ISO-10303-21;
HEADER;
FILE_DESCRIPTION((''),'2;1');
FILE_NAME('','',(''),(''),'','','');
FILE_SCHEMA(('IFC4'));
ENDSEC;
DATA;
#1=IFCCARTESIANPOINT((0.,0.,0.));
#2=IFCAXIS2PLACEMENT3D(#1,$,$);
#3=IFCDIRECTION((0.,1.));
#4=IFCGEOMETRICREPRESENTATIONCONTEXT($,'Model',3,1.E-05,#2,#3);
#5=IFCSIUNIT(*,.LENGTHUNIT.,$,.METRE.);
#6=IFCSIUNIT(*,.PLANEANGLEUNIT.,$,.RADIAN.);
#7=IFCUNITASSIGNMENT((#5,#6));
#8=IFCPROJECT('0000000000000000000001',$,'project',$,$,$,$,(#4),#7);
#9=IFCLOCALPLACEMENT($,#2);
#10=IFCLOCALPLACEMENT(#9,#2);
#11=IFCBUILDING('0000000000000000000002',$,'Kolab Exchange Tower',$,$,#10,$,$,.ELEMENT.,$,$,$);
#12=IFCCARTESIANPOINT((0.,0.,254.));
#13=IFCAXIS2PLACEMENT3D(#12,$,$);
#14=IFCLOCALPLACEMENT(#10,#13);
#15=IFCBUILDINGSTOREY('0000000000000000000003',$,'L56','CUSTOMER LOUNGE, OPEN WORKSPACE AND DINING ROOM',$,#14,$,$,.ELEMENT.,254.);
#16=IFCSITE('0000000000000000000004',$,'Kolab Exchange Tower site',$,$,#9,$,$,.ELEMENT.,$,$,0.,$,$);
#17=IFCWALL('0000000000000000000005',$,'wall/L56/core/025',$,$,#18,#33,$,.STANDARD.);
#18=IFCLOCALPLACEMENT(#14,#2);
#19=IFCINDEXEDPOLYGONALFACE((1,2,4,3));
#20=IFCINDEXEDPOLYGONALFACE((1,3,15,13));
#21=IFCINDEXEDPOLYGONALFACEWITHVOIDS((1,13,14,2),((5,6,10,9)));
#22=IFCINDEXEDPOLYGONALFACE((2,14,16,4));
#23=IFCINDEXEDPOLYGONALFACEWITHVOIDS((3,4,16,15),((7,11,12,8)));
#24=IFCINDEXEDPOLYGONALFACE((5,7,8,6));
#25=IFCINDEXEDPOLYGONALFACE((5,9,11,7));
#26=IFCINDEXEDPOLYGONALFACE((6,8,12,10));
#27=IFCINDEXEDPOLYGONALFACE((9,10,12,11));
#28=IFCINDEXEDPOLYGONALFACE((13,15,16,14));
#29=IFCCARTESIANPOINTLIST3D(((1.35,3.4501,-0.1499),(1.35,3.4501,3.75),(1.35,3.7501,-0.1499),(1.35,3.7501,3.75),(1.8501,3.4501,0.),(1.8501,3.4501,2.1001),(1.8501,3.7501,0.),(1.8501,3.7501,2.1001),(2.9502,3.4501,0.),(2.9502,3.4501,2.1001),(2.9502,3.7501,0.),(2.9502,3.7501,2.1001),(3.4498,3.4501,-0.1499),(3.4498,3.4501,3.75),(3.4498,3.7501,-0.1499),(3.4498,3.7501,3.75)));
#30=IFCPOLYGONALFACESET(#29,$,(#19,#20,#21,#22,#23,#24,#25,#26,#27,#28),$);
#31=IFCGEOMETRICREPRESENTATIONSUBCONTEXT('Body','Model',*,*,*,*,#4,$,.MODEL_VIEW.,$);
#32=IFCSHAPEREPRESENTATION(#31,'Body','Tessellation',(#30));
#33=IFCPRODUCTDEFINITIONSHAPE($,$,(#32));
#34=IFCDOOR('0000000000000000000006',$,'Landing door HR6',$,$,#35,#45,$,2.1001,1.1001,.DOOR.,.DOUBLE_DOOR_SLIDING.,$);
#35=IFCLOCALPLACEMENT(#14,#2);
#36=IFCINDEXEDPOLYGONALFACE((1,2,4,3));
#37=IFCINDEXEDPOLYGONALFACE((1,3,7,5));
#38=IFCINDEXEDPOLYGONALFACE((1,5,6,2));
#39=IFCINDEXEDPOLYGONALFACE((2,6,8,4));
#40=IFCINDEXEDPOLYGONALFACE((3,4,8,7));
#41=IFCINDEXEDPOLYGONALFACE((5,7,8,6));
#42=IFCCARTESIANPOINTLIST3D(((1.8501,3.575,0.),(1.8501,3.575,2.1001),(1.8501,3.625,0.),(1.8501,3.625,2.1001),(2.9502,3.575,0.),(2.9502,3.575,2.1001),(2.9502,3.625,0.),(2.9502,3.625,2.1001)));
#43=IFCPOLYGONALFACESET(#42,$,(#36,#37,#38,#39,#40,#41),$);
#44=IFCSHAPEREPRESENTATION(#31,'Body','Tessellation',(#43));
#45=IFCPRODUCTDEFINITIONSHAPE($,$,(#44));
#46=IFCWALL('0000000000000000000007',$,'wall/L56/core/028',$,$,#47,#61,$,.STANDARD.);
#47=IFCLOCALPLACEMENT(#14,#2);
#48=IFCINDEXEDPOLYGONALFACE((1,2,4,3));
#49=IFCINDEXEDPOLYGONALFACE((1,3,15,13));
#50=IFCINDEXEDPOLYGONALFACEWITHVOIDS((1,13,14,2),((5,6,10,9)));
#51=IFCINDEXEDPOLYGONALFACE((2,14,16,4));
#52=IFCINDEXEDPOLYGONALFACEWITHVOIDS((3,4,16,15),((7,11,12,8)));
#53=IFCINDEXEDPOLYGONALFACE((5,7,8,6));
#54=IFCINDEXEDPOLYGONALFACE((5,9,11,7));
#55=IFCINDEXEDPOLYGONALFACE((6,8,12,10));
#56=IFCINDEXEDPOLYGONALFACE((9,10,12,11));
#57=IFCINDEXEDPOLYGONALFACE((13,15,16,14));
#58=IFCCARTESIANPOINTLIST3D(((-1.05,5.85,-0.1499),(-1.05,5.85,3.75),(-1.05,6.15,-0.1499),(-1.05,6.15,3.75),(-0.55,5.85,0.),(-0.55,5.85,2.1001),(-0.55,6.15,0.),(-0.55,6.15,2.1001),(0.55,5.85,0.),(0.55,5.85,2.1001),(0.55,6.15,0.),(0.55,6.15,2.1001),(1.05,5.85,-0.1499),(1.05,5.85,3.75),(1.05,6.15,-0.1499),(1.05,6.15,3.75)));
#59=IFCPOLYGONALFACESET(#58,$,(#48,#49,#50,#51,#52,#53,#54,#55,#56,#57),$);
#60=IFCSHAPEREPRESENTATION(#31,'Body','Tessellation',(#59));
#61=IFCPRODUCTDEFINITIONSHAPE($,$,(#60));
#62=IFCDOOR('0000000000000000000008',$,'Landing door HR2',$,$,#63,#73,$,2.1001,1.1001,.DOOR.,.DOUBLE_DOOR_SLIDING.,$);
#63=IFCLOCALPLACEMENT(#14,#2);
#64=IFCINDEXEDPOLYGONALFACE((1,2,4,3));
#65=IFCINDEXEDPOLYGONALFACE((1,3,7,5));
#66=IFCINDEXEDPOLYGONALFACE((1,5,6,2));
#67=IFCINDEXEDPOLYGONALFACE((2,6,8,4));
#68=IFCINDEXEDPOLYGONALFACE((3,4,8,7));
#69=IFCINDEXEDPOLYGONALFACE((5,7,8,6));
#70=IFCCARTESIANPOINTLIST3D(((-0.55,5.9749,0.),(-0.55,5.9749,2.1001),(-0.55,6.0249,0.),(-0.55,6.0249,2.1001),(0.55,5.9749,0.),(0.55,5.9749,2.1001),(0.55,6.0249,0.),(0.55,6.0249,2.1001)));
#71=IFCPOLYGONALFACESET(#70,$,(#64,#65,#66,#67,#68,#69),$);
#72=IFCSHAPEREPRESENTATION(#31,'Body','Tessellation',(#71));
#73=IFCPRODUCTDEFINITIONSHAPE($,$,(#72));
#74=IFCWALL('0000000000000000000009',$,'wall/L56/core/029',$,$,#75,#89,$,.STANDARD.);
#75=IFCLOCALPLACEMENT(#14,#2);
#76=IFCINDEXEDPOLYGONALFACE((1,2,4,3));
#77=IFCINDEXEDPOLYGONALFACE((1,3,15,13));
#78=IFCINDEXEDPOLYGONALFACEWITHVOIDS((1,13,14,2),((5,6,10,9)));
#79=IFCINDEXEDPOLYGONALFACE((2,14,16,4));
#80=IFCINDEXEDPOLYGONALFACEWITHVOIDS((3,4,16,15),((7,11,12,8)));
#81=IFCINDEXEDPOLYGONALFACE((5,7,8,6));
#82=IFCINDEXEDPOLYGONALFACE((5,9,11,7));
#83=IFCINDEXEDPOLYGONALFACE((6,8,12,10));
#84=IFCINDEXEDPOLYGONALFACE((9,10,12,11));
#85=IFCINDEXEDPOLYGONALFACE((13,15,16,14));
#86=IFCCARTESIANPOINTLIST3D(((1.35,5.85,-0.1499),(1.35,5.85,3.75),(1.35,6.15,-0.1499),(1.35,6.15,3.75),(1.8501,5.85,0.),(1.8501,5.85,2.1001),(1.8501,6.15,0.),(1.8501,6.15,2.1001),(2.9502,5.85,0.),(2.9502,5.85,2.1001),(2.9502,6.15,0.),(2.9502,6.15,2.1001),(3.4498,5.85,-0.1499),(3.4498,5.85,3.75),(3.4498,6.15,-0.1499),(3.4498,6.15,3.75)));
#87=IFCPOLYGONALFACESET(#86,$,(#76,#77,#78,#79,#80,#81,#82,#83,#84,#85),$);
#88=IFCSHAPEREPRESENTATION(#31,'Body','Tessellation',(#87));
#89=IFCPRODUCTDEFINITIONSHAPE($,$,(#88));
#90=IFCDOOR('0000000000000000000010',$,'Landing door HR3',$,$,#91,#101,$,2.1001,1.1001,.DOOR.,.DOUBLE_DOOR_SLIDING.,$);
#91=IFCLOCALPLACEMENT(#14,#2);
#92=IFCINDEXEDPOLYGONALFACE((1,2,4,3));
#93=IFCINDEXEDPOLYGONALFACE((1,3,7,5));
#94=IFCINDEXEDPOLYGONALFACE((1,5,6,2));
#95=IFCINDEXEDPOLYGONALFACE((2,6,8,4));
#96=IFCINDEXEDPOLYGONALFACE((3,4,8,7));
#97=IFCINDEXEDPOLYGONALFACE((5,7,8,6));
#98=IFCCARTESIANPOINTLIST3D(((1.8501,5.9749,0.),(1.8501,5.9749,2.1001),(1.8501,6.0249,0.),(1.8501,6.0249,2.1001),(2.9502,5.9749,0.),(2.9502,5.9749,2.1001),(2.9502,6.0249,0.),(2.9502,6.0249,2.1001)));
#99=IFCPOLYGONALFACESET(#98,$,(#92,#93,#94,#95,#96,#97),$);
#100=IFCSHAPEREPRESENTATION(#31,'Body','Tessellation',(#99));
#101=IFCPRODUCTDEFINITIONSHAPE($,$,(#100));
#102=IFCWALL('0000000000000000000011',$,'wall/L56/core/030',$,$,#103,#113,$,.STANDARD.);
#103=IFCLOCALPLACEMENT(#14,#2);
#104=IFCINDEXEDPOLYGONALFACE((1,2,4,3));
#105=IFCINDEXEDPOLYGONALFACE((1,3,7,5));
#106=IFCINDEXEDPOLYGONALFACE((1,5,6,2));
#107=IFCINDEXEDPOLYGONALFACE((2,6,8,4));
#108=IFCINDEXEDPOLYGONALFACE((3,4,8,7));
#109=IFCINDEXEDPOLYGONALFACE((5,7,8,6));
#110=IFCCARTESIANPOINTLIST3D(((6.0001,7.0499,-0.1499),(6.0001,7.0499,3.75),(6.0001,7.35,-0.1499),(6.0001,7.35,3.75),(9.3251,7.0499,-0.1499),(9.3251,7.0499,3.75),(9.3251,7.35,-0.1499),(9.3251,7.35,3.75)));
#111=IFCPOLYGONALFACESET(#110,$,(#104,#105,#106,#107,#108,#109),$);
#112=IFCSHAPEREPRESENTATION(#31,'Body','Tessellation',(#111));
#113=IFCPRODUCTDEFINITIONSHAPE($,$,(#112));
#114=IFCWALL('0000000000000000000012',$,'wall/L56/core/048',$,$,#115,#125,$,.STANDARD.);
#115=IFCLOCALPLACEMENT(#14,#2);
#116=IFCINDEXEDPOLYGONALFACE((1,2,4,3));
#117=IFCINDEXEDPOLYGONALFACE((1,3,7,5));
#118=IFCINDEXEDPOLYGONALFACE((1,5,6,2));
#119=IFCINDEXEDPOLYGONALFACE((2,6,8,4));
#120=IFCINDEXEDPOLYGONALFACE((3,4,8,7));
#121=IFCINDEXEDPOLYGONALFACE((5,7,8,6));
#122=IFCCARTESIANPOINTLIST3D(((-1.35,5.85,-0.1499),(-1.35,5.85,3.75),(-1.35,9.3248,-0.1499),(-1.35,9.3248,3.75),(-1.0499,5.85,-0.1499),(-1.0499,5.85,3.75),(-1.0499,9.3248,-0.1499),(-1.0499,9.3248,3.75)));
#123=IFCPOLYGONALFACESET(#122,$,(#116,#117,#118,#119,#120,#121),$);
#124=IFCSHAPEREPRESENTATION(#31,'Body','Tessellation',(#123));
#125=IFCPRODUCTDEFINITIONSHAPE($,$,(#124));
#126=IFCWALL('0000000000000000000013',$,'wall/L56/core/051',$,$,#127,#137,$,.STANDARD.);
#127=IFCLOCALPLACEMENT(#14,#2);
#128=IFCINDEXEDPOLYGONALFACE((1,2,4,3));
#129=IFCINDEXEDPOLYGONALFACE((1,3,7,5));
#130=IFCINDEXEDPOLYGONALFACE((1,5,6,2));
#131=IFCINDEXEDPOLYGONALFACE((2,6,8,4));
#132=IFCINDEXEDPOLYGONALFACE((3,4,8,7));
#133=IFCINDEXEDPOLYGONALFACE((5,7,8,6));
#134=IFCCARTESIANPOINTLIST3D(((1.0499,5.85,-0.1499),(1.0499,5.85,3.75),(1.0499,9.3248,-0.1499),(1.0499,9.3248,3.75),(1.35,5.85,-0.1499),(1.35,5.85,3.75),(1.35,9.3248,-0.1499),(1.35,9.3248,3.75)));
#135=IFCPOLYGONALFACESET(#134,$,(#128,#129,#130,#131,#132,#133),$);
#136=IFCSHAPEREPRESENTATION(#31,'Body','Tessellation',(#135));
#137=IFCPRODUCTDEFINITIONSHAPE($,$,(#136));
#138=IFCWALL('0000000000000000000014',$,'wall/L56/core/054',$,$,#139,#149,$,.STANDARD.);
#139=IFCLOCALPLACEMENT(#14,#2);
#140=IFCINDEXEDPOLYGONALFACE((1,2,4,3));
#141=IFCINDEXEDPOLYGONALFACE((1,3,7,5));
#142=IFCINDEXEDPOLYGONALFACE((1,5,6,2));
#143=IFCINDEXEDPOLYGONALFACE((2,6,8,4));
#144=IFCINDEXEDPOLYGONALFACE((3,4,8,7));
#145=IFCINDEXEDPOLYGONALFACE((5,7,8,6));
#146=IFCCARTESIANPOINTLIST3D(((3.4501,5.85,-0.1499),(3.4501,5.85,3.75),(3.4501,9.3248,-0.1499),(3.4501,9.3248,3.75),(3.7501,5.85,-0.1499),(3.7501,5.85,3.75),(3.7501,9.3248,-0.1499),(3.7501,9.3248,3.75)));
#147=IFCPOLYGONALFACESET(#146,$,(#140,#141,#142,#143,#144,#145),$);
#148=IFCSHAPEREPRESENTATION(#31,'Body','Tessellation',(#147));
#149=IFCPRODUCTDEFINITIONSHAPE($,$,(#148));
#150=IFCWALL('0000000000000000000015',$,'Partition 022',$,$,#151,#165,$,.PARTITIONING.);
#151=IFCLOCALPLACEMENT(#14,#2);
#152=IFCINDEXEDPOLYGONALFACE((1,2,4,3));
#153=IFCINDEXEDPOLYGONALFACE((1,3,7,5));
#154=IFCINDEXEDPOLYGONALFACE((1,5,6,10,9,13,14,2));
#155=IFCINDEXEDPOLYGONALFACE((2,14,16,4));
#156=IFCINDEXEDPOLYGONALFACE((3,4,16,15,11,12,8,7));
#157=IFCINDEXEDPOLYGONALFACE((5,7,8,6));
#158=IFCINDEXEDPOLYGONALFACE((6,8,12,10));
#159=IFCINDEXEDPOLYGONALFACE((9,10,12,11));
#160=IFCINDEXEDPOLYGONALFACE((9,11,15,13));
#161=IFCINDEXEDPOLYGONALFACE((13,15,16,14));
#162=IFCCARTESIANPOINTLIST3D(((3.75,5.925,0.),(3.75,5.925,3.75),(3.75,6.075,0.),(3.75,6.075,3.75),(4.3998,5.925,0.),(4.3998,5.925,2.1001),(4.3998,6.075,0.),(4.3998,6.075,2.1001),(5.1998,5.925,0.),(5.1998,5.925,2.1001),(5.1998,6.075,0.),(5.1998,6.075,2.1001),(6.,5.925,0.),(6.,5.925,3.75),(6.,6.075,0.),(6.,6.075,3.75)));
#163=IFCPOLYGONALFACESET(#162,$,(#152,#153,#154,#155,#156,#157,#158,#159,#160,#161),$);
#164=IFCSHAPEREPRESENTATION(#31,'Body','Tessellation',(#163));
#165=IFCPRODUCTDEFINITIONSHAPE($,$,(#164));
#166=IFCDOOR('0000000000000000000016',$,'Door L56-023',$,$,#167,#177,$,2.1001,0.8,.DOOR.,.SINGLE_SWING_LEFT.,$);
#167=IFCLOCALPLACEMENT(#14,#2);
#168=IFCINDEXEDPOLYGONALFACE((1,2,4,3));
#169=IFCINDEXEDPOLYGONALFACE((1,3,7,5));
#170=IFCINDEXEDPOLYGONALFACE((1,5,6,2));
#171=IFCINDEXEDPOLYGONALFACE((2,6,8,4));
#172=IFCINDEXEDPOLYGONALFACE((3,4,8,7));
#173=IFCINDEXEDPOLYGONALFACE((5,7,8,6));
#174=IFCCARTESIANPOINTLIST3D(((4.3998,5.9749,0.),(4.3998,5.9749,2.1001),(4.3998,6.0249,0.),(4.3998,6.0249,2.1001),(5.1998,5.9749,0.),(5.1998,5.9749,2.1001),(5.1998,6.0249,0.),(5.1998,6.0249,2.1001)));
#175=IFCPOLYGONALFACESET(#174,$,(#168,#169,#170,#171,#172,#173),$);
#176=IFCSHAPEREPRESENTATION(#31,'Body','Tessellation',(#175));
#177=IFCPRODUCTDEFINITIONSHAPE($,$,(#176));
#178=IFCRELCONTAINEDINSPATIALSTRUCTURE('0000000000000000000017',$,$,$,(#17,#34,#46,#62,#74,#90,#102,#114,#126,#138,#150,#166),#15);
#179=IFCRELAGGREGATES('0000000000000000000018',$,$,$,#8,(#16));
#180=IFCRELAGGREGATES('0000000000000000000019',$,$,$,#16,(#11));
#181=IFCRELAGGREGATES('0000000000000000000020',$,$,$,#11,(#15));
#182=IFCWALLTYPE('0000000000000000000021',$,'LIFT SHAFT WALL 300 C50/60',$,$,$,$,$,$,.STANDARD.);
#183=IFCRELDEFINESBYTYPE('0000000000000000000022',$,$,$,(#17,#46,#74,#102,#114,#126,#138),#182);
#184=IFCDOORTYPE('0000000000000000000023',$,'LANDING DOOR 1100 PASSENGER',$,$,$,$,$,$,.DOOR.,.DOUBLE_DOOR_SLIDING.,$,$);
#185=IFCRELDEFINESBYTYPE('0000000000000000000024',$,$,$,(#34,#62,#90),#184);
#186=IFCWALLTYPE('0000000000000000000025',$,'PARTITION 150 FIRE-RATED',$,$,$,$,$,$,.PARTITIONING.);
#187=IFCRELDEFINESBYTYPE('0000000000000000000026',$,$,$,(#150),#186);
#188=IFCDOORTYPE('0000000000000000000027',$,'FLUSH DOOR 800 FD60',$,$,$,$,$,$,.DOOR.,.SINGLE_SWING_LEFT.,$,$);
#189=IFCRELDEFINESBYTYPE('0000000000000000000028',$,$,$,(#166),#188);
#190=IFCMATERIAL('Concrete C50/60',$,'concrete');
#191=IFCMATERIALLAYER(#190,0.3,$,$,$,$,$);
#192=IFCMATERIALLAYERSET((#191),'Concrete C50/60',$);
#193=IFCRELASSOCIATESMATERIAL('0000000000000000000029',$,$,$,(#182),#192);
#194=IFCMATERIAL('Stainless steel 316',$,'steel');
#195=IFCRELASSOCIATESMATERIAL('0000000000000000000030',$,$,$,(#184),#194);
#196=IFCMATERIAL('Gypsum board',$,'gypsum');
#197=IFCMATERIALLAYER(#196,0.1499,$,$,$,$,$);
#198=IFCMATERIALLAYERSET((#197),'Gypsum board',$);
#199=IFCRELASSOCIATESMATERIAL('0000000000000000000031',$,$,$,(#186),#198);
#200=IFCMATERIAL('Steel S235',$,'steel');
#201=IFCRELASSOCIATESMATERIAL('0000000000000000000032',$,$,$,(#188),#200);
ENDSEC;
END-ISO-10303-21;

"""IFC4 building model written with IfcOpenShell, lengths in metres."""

from ifc_helpers import new_model, si_unit, direction, frame, frame_2d, origin, place, context, subcontext, project, spatial, rectangle, extrude, material, layer, layer_set, type_object, element, fill, save


model = new_model("IFC4")

# Units and contexts
model_context = context("Model", 3, precision=1e-05, world=origin(), true_north=direction((0.0, 1.0)))
body_context = subcontext(model_context, "Body", "Model", "MODEL_VIEW")
ifc_project = project(units=[si_unit("LENGTHUNIT", "METRE"), si_unit("PLANEANGLEUNIT", "RADIAN")], contexts=[model_context])

# Site, building, storey
site_placement = place(None, origin())
site = spatial("IfcSite", under=ifc_project, at=site_placement, Name="Kolab Exchange Tower site", CompositionType="ELEMENT", RefElevation=0.0)
building_placement = place(site_placement, origin())
building = spatial("IfcBuilding", under=site, at=building_placement, Name="Kolab Exchange Tower", CompositionType="ELEMENT")
storey_placement = place(building_placement, frame((0.0, 0.0, 254.0)))
storey = spatial("IfcBuildingStorey", under=building, at=storey_placement, Name="L56", Description="CUSTOMER LOUNGE, OPEN WORKSPACE AND DINING ROOM", CompositionType="ELEMENT", Elevation=254.0)

# Shared definitions
ifc_material_1 = material(Name="Concrete C50/60", Category="concrete")

# Shared definitions
ifc_layer_1 = layer(ifc_material_1, 0.3)
ifc_layer_set_1 = layer_set([ifc_layer_1], Name="Concrete C50/60")
wall_type_1 = type_object("IfcWallType", Name="LIFT SHAFT WALL 300 C50/60", PredefinedType="STANDARD", material=ifc_layer_set_1)

# Walls, openings, doors
ifc_material_2 = material(Name="Stainless steel 316", Category="steel")
door_type_1 = type_object("IfcDoorType", Name="LANDING DOOR 1100 PASSENGER", OperationType="DOUBLE_DOOR_SLIDING", PredefinedType="DOOR", material=ifc_material_2)
wall_1_placement = place(storey_placement, frame((1.3501, 3.6001, -0.1499), z_axis=(0.0, 0.0, 1.0), x_axis=(1.0, 0.0, 0.0)))
wall_1 = element("IfcWall", 1, at=wall_1_placement, inside=storey, type_object=wall_type_1, Name="wall/L56/core/025", PredefinedType="STANDARD", context=body_context, shape_type="SweptSolid", body=[
    extrude(rectangle(XDim=2.0999, YDim=0.3, at=frame_2d((1.0498, 0.0))), origin(), (0.0, 0.0, 1.0), 3.8999),
])
opening_1_placement = place(wall_1_placement, frame((0.5, 0.0, 0.1499)))
opening_1 = element("IfcOpeningElement", 2, at=opening_1_placement, cuts=wall_1, PredefinedType="OPENING", context=body_context, shape_type="SweptSolid", body=[
    extrude(rectangle(XDim=1.1001, YDim=2.1001, at=frame_2d((0.55, 1.05))), frame((0.0, 0.1602, 0.0), z_axis=(0.0, -1.0, 0.0), x_axis=(1.0, 0.0, 0.0)), (0.0, 0.0, 1.0), 0.3201),
])
door_1_placement = place(opening_1_placement, origin())
door_1 = element("IfcDoor", 3, at=door_1_placement, inside=storey, type_object=door_type_1, Name="Landing door HR6", OperationType="DOUBLE_DOOR_SLIDING", OverallHeight=2.1001, OverallWidth=1.1001, PredefinedType="DOOR", context=body_context, shape_type="SweptSolid", body=[
    extrude(rectangle(XDim=1.1001, YDim=2.1001, at=frame_2d((0.55, 1.05))), frame((0.0, 0.0249, 0.0), z_axis=(0.0, -1.0, 0.0), x_axis=(1.0, 0.0, 0.0)), (0.0, 0.0, 1.0), 0.05),
])
fill(opening_1, door_1)
wall_2_placement = place(storey_placement, frame((-1.05, 6.0, -0.1499), z_axis=(0.0, 0.0, 1.0), x_axis=(1.0, 0.0, 0.0)))
wall_2 = element("IfcWall", 4, at=wall_2_placement, inside=storey, type_object=wall_type_1, Name="wall/L56/core/028", PredefinedType="STANDARD", context=body_context, shape_type="SweptSolid", body=[
    extrude(rectangle(XDim=2.1001, YDim=0.3, at=frame_2d((1.05, 0.0))), origin(), (0.0, 0.0, 1.0), 3.8999),
])
opening_2_placement = place(wall_2_placement, frame((0.5, 0.0, 0.1499)))
opening_2 = element("IfcOpeningElement", 5, at=opening_2_placement, cuts=wall_2, PredefinedType="OPENING", context=body_context, shape_type="SweptSolid", body=[
    extrude(rectangle(XDim=1.1001, YDim=2.1001, at=frame_2d((0.55, 1.05))), frame((0.0, 0.1602, 0.0), z_axis=(0.0, -1.0, 0.0), x_axis=(1.0, 0.0, 0.0)), (0.0, 0.0, 1.0), 0.3201),
])
door_2_placement = place(opening_2_placement, origin())
door_2 = element("IfcDoor", 6, at=door_2_placement, inside=storey, type_object=door_type_1, Name="Landing door HR2", OperationType="DOUBLE_DOOR_SLIDING", OverallHeight=2.1001, OverallWidth=1.1001, PredefinedType="DOOR", context=body_context, shape_type="SweptSolid", body=[
    extrude(rectangle(XDim=1.1001, YDim=2.1001, at=frame_2d((0.55, 1.05))), frame((0.0, 0.0249, 0.0), z_axis=(0.0, -1.0, 0.0), x_axis=(1.0, 0.0, 0.0)), (0.0, 0.0, 1.0), 0.05),
])
fill(opening_2, door_2)
wall_3_placement = place(storey_placement, frame((1.3501, 6.0, -0.1499), z_axis=(0.0, 0.0, 1.0), x_axis=(1.0, 0.0, 0.0)))
wall_3 = element("IfcWall", 7, at=wall_3_placement, inside=storey, type_object=wall_type_1, Name="wall/L56/core/029", PredefinedType="STANDARD", context=body_context, shape_type="SweptSolid", body=[
    extrude(rectangle(XDim=2.0999, YDim=0.3, at=frame_2d((1.0498, 0.0))), origin(), (0.0, 0.0, 1.0), 3.8999),
])
opening_3_placement = place(wall_3_placement, frame((0.5, 0.0, 0.1499)))
opening_3 = element("IfcOpeningElement", 8, at=opening_3_placement, cuts=wall_3, PredefinedType="OPENING", context=body_context, shape_type="SweptSolid", body=[
    extrude(rectangle(XDim=1.1001, YDim=2.1001, at=frame_2d((0.55, 1.05))), frame((0.0, 0.1602, 0.0), z_axis=(0.0, -1.0, 0.0), x_axis=(1.0, 0.0, 0.0)), (0.0, 0.0, 1.0), 0.3201),
])
door_3_placement = place(opening_3_placement, origin())
door_3 = element("IfcDoor", 9, at=door_3_placement, inside=storey, type_object=door_type_1, Name="Landing door HR3", OperationType="DOUBLE_DOOR_SLIDING", OverallHeight=2.1001, OverallWidth=1.1001, PredefinedType="DOOR", context=body_context, shape_type="SweptSolid", body=[
    extrude(rectangle(XDim=1.1001, YDim=2.1001, at=frame_2d((0.55, 1.05))), frame((0.0, 0.0249, 0.0), z_axis=(0.0, -1.0, 0.0), x_axis=(1.0, 0.0, 0.0)), (0.0, 0.0, 1.0), 0.05),
])
fill(opening_3, door_3)

# Walls
wall_4_placement = place(storey_placement, frame((6.0, 7.2, -0.1499), z_axis=(0.0, 0.0, 1.0), x_axis=(1.0, 0.0, 0.0)))
element("IfcWall", 10, at=wall_4_placement, inside=storey, type_object=wall_type_1, Name="wall/L56/core/030", PredefinedType="STANDARD", context=body_context, shape_type="SweptSolid", body=[
    extrude(rectangle(XDim=3.325, YDim=0.3, at=frame_2d((1.6626, 0.0))), origin(), (0.0, 0.0, 1.0), 3.8999),
])
for number, where, z_axis, x_axis, name in (
    (11, (-1.2, 5.8501, -0.1499), (0.0, 0.0, 1.0), (0.0, 1.0, 0.0), "wall/L56/core/048"),
    (12, (1.2, 5.8501, -0.1499), (0.0, 0.0, 1.0), (0.0, 1.0, 0.0), "wall/L56/core/051"),
    (13, (3.6001, 5.8501, -0.1499), (0.0, 0.0, 1.0), (0.0, 1.0, 0.0), "wall/L56/core/054"),
):
    element("IfcWall", number, at=place(storey_placement, frame(where, z_axis=z_axis, x_axis=x_axis)), inside=storey, type_object=wall_type_1, Name=name, PredefinedType="STANDARD", context=body_context, shape_type="SweptSolid", body=[
        extrude(rectangle(XDim=3.4749, YDim=0.3, at=frame_2d((1.7373, 0.0))), origin(), (0.0, 0.0, 1.0), 3.8999),
    ])

# Wall, opening, door
ifc_material_3 = material(Name="Gypsum board", Category="gypsum")
ifc_layer_2 = layer(ifc_material_3, 0.1499)
ifc_layer_set_2 = layer_set([ifc_layer_2], Name="Gypsum board")
wall_type_2 = type_object("IfcWallType", Name="PARTITION 150 FIRE-RATED", PredefinedType="PARTITIONING", material=ifc_layer_set_2)
wall_5_placement = place(storey_placement, frame((3.75, 6.0, 0.0), z_axis=(0.0, 0.0, 1.0), x_axis=(1.0, 0.0, 0.0)))
wall_5 = element("IfcWall", 14, at=wall_5_placement, inside=storey, type_object=wall_type_2, Name="Partition 022", PredefinedType="PARTITIONING", context=body_context, shape_type="SweptSolid", body=[
    extrude(rectangle(XDim=2.25, YDim=0.1499, at=frame_2d((1.125, 0.0))), origin(), (0.0, 0.0, 1.0), 3.75),
])
opening_4_placement = place(wall_5_placement, frame((0.6499, 0.0, 0.0)))
opening_4 = element("IfcOpeningElement", 15, at=opening_4_placement, cuts=wall_5, PredefinedType="OPENING", context=body_context, shape_type="SweptSolid", body=[
    extrude(rectangle(XDim=0.8, YDim=2.1001, at=frame_2d((0.3999, 1.05))), frame((0.0, 0.085, 0.0), z_axis=(0.0, -1.0, 0.0), x_axis=(1.0, 0.0, 0.0)), (0.0, 0.0, 1.0), 0.1699),
])
ifc_material_4 = material(Name="Steel S235", Category="steel")
door_type_2 = type_object("IfcDoorType", Name="FLUSH DOOR 800 FD60", OperationType="SINGLE_SWING_LEFT", PredefinedType="DOOR", material=ifc_material_4)
door_4_placement = place(opening_4_placement, origin())
door_4 = element("IfcDoor", 16, at=door_4_placement, inside=storey, type_object=door_type_2, Name="Door L56-023", OperationType="SINGLE_SWING_LEFT", OverallHeight=2.1001, OverallWidth=0.8, PredefinedType="DOOR", context=body_context, shape_type="SweptSolid", body=[
    extrude(rectangle(XDim=0.8, YDim=2.1001, at=frame_2d((0.3999, 1.05))), frame((0.0, 0.0249, 0.0), z_axis=(0.0, -1.0, 0.0), x_axis=(1.0, 0.0, 0.0)), (0.0, 0.0, 1.0), 0.05),
])
fill(opening_4, door_4)

save(model, "model.ifc")
